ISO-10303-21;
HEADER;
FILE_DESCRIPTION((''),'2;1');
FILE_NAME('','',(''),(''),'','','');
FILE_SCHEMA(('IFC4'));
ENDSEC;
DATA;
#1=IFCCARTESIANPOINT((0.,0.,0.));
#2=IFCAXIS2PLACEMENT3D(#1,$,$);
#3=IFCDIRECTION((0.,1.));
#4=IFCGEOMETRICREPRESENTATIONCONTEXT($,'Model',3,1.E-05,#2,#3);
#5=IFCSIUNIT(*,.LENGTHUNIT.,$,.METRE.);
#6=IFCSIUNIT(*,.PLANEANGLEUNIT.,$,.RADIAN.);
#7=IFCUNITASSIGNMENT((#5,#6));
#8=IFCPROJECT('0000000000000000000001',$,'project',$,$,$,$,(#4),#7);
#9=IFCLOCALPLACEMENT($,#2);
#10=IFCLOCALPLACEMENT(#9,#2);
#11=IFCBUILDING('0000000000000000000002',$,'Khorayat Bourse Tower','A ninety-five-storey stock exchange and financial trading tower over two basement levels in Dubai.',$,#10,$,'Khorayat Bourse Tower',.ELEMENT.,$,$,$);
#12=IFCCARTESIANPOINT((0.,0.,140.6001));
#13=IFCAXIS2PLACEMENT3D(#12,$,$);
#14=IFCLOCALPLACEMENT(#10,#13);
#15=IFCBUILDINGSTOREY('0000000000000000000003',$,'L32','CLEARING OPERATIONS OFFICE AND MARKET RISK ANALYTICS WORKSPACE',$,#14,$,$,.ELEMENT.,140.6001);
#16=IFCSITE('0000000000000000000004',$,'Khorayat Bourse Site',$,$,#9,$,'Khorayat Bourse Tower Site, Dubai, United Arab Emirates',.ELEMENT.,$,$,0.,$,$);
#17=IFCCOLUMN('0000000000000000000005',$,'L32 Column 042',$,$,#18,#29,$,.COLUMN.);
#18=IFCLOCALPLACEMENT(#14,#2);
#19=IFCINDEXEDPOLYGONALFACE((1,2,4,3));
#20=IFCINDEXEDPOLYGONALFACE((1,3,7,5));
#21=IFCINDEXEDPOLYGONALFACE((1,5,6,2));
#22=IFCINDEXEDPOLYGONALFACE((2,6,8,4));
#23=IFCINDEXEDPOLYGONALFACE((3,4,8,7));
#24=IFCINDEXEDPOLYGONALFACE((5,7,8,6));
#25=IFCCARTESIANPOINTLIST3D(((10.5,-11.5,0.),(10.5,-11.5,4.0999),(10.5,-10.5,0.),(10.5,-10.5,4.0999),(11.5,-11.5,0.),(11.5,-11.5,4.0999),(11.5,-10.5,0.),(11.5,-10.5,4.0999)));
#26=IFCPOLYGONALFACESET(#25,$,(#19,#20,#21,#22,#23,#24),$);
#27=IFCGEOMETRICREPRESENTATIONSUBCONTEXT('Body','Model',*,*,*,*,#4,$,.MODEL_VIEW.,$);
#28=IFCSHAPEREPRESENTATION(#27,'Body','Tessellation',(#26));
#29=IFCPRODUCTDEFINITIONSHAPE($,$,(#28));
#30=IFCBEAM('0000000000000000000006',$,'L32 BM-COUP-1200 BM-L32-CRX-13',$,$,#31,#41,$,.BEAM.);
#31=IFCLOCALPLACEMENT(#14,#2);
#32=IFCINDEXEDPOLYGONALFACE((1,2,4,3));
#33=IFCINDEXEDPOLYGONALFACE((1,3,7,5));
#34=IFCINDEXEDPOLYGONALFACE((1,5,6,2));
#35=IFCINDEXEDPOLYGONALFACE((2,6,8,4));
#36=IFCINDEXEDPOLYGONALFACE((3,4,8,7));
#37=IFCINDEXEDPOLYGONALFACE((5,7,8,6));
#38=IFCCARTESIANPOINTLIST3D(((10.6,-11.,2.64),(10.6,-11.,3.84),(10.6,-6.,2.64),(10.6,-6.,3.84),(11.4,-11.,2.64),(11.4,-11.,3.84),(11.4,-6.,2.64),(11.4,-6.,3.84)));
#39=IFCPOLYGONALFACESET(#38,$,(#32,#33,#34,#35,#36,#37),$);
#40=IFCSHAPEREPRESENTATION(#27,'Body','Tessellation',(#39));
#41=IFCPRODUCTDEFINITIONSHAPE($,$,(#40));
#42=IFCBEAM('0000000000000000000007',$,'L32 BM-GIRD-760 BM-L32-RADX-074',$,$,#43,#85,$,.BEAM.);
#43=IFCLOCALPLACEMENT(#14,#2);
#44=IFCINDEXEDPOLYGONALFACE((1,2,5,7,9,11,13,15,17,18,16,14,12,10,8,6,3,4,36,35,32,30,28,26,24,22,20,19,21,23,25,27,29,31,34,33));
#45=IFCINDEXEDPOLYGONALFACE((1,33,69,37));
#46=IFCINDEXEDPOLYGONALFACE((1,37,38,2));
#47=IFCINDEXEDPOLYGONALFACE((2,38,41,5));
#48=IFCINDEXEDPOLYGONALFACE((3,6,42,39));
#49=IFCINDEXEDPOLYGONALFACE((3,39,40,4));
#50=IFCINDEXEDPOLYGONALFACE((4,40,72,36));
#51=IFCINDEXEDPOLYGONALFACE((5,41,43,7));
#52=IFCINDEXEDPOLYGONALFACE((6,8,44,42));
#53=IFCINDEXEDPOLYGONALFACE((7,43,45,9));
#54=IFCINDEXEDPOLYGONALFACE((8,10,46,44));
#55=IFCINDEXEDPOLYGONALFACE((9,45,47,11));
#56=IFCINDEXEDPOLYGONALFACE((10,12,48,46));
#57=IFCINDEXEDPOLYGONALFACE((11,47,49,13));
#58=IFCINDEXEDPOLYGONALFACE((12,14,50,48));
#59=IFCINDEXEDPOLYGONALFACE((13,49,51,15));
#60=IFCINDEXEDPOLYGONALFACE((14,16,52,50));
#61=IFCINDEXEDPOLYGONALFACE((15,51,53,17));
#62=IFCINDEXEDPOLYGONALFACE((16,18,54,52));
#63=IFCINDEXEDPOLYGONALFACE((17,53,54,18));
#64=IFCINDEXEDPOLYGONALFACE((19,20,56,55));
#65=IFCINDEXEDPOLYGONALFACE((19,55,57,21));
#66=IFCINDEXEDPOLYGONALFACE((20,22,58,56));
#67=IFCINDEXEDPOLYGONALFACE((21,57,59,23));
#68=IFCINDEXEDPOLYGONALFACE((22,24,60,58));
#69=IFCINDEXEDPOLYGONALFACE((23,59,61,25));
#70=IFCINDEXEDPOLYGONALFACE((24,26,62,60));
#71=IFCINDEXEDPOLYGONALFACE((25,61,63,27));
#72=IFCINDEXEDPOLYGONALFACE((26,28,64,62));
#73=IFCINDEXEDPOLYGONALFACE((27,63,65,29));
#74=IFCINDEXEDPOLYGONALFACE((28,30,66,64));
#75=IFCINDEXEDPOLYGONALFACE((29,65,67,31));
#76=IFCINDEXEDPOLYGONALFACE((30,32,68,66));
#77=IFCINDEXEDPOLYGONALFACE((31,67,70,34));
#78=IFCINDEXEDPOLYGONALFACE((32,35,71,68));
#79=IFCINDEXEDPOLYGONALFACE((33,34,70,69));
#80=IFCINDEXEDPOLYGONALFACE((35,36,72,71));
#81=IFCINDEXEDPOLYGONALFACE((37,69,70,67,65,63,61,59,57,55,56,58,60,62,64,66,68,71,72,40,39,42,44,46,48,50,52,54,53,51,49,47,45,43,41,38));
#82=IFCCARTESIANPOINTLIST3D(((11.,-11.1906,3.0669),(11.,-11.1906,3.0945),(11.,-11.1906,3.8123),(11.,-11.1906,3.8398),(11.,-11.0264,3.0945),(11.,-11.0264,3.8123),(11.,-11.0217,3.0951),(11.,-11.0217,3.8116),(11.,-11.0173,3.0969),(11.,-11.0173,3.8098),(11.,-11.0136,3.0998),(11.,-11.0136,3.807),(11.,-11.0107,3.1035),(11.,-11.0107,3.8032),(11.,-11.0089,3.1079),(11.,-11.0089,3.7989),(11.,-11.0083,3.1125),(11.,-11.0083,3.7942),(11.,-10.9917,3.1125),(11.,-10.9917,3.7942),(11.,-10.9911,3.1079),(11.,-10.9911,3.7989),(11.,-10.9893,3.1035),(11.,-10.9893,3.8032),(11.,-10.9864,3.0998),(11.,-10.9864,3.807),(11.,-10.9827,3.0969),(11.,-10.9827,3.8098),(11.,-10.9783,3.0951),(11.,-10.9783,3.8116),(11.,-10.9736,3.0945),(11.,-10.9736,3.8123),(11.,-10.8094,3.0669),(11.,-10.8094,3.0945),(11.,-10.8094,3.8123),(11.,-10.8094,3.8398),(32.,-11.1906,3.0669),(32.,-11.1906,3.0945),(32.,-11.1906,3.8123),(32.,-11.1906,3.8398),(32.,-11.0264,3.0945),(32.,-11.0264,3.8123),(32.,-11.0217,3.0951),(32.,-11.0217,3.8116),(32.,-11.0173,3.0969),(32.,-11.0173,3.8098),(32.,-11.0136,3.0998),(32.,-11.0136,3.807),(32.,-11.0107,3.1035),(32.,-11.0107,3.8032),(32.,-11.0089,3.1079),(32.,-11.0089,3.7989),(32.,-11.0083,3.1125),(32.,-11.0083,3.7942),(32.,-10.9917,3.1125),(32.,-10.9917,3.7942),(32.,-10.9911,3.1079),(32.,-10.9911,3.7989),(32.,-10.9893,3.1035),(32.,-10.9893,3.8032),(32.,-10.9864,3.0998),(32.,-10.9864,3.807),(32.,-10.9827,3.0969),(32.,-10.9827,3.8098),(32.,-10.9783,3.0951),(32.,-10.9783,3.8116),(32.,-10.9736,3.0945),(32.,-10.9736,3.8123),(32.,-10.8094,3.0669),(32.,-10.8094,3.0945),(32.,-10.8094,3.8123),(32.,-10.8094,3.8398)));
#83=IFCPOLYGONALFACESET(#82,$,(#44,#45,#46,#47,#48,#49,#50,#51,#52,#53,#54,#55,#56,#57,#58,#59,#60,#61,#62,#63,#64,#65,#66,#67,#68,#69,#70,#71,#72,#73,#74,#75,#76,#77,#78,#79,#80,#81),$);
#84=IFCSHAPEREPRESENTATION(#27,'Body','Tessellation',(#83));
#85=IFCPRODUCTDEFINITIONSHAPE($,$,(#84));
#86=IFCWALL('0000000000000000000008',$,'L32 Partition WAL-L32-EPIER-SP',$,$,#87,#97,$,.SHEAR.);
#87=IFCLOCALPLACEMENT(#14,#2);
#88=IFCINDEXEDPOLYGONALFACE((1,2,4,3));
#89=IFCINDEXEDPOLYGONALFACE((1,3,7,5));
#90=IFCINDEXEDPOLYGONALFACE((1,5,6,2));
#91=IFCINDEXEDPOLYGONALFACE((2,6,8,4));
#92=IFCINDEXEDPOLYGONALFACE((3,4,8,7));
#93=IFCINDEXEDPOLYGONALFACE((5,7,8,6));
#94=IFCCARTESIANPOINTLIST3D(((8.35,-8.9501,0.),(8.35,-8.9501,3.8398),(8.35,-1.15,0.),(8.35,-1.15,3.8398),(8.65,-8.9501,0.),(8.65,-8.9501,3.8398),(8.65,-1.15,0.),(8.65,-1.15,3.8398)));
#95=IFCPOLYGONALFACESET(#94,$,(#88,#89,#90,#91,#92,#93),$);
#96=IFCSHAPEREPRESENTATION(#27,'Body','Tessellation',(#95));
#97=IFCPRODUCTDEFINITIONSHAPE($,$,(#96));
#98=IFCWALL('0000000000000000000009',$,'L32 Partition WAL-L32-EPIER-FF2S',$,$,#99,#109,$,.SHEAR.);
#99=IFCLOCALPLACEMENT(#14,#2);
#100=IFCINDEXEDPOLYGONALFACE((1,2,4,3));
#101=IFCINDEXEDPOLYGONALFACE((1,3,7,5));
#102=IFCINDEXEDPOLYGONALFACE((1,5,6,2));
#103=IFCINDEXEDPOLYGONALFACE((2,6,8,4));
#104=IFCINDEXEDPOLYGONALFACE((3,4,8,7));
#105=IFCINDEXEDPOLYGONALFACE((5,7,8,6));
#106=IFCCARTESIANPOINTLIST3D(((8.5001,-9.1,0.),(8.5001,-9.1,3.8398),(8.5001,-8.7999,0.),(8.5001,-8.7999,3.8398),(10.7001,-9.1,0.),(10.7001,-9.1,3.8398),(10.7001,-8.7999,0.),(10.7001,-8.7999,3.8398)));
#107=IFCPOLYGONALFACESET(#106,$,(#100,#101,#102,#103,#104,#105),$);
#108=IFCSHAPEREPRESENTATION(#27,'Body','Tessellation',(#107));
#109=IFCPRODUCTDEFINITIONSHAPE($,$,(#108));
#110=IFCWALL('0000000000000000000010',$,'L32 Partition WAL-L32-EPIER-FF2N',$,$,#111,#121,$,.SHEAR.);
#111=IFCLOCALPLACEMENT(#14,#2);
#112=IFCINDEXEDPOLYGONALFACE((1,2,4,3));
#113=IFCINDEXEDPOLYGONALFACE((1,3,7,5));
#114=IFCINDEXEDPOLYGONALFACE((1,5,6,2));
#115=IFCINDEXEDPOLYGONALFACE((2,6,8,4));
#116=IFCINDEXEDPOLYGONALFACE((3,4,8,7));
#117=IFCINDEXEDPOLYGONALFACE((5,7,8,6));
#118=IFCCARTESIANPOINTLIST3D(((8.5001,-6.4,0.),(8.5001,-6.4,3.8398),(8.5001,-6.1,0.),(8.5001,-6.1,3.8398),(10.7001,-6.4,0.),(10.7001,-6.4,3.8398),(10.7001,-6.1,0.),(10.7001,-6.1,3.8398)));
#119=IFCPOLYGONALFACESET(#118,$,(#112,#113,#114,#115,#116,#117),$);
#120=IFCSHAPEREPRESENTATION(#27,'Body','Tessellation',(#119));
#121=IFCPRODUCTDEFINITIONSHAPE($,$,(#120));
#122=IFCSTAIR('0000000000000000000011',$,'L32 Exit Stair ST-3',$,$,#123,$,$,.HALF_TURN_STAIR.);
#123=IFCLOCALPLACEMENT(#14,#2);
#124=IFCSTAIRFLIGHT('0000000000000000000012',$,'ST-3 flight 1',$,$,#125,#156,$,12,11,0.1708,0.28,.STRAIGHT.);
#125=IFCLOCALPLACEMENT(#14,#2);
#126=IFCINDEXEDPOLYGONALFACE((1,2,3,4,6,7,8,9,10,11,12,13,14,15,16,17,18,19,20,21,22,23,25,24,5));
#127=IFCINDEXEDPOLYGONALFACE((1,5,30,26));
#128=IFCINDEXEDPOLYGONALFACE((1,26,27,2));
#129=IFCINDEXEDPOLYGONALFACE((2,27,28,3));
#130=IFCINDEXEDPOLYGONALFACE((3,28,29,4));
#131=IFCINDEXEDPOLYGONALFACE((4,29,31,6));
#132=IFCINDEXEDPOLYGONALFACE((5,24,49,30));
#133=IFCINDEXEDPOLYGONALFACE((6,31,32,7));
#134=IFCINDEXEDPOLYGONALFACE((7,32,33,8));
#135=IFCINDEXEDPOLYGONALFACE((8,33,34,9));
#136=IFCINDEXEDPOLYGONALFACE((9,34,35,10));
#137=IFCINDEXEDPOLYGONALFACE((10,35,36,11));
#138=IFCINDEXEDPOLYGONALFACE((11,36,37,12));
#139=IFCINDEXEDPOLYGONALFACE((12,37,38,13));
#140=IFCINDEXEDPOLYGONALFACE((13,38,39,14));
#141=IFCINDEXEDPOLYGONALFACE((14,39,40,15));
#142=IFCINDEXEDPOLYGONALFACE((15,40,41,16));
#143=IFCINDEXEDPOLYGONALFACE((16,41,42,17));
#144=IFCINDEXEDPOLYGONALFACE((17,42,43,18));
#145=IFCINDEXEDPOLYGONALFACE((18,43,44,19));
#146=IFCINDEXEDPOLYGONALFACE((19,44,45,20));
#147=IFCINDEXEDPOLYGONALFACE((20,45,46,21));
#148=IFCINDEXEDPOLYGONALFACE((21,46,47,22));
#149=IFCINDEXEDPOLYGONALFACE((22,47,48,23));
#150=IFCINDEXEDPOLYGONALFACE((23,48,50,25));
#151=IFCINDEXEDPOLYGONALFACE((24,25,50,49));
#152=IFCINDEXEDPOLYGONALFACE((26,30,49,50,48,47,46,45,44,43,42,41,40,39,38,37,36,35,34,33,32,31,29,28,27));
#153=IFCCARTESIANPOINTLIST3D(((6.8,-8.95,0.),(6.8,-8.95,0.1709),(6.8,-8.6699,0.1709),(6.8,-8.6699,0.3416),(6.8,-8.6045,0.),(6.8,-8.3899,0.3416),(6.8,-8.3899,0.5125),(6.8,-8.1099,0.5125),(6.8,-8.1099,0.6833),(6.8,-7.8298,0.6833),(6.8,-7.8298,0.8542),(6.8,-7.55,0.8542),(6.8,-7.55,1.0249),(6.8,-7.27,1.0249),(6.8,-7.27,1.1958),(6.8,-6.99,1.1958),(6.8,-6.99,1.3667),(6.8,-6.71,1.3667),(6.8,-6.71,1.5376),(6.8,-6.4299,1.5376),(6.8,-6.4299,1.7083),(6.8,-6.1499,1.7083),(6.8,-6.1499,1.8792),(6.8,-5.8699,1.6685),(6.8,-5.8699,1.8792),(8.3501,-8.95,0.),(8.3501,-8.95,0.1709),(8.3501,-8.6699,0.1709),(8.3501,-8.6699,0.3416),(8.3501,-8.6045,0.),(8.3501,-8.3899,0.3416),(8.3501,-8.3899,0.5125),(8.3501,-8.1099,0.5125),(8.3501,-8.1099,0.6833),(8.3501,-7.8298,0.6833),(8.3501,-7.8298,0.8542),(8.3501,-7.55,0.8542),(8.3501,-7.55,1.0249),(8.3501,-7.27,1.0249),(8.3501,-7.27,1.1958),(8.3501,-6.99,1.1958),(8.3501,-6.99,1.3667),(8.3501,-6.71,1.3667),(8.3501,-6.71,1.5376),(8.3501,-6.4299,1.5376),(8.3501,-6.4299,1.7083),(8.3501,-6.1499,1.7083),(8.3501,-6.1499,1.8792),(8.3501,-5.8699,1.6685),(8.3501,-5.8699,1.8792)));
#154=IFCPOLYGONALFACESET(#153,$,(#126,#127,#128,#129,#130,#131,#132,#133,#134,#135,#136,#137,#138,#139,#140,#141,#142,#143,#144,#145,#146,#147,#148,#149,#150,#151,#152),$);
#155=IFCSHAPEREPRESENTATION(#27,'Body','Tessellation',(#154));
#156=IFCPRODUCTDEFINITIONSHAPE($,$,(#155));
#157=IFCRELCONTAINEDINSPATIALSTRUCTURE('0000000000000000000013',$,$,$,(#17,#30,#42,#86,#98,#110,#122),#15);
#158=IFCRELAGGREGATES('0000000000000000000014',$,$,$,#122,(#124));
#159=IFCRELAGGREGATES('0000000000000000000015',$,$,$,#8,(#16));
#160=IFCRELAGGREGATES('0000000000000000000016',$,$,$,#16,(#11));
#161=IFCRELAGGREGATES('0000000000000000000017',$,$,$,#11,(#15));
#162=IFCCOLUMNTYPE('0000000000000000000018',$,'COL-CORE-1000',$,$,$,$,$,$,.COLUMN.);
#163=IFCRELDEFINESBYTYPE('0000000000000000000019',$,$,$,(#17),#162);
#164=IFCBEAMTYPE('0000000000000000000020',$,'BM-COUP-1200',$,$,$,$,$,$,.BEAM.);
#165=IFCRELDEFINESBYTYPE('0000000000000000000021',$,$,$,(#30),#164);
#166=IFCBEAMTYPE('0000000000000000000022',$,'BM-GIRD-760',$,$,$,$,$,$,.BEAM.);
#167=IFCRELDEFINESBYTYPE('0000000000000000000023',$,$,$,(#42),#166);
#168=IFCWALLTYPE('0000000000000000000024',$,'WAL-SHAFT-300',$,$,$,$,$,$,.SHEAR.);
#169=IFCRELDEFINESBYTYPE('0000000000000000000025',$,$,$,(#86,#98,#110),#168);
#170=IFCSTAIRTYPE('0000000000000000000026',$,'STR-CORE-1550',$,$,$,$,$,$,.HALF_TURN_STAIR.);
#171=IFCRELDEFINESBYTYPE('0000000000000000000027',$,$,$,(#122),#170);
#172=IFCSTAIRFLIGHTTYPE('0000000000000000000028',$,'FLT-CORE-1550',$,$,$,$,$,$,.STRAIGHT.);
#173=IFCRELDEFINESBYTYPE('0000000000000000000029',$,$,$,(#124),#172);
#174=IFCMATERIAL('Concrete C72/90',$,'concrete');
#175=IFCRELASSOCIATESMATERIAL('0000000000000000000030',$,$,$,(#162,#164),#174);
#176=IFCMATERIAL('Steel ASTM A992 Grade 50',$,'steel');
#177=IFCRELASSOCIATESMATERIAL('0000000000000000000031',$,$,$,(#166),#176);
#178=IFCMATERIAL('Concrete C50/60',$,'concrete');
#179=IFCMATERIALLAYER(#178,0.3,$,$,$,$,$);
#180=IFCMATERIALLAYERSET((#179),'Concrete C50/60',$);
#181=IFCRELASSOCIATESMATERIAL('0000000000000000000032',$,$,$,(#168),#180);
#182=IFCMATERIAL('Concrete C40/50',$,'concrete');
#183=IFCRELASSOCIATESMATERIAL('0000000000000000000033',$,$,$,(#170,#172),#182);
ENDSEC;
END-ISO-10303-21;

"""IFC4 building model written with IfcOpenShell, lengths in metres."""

from ifc_helpers import new_model, si_unit, direction, frame, frame_2d, origin, origin_2d, place, context, subcontext, project, spatial, polyline, rectangle, i_section, outline, extrude, source, transform, mapped, material, layer, layer_set, material_profile, profile_set, type_object, element, aggregate, save


model = new_model("IFC4")

# Units and contexts
model_context = context("Model", 3, precision=1e-05, world=origin(), true_north=direction((0.0, 1.0)))
body_context = subcontext(model_context, "Body", "Model", "MODEL_VIEW")
ifc_project = project(units=[si_unit("LENGTHUNIT", "METRE"), si_unit("PLANEANGLEUNIT", "RADIAN")], contexts=[model_context])

# Site, building, storey
site_placement = place(None, origin())
site = spatial("IfcSite", under=ifc_project, at=site_placement, Name="Khorayat Bourse Site", LongName="Khorayat Bourse Tower Site, Dubai, United Arab Emirates", CompositionType="ELEMENT", RefElevation=0.0)
building_placement = place(site_placement, origin())
building = spatial("IfcBuilding", under=site, at=building_placement, Name="Khorayat Bourse Tower", Description="A ninety-five-storey stock exchange and financial trading tower over two basement levels in Dubai.", LongName="Khorayat Bourse Tower", CompositionType="ELEMENT")
storey_placement = place(building_placement, frame((0.0, 0.0, 140.6001)))
storey = spatial("IfcBuildingStorey", under=building, at=storey_placement, Name="L32", Description="CLEARING OPERATIONS OFFICE AND MARKET RISK ANALYTICS WORKSPACE", CompositionType="ELEMENT", Elevation=140.6001)

# Column
ifc_material_1 = material(Name="Concrete C72/90", Category="concrete")
ifc_material_profile_1 = material_profile(ifc_material_1, rectangle(XDim=1.0, YDim=1.0, at=origin_2d()), Name="RC 1000x1000")
ifc_profile_set_1 = profile_set([ifc_material_profile_1], Name="Concrete C72/90")
column_type = type_object("IfcColumnType", Name="COL-CORE-1000", PredefinedType="COLUMN", material=ifc_profile_set_1)
shared_shape_1 = source(origin(), body_context, "Body", "SweptSolid", [
    extrude(rectangle(XDim=1.0, YDim=1.0, at=origin_2d()), origin(), (0.0, 0.0, 1.0), 4.0999),
])
column_placement = place(storey_placement, frame((11.0, -11.0, 0.0), z_axis=(0.0, 0.0, 1.0), x_axis=(1.0, 0.0, 0.0)))
element("IfcColumn", 1, at=column_placement, inside=storey, type_object=column_type, Name="L32 Column 042", PredefinedType="COLUMN", context=body_context, shape_type="MappedRepresentation", body=[
    mapped(shared_shape_1, transform((0.0, 0.0, 0.0), scale=1.0)),
])

# Beams
ifc_material_profile_2 = material_profile(ifc_material_1, rectangle(XDim=0.8, YDim=1.2, at=origin_2d()), Name="RC 800x1200")
ifc_profile_set_2 = profile_set([ifc_material_profile_2], Name="Concrete C72/90")
beam_type_1 = type_object("IfcBeamType", Name="BM-COUP-1200", PredefinedType="BEAM", material=ifc_profile_set_2)
shared_shape_2 = source(origin(), body_context, "Body", "SweptSolid", [
    extrude(rectangle(XDim=0.8, YDim=1.2, at=origin_2d()), origin(), (0.0, 0.0, 1.0), 5.0),
])
beam_1_placement = place(storey_placement, frame((11.0, -11.0, 3.24), z_axis=(0.0, 1.0, 0.0), x_axis=(-1.0, 0.0, 0.0)))
element("IfcBeam", 2, at=beam_1_placement, inside=storey, type_object=beam_type_1, Name="L32 BM-COUP-1200 BM-L32-CRX-13", PredefinedType="BEAM", context=body_context, shape_type="MappedRepresentation", body=[
    mapped(shared_shape_2, transform((0.0, 0.0, 0.0), scale=1.0)),
])
ifc_material_2 = material(Name="Steel ASTM A992 Grade 50", Category="steel")
ifc_material_profile_3 = material_profile(ifc_material_2, i_section(OverallWidth=0.3811, OverallDepth=0.7729, WebThickness=0.0166, FlangeThickness=0.0276, FilletRadius=0.0181, at=origin_2d()), Name="W760X257")
ifc_profile_set_3 = profile_set([ifc_material_profile_3], Name="Steel ASTM A992 Grade 50")
beam_type_2 = type_object("IfcBeamType", Name="BM-GIRD-760", PredefinedType="BEAM", material=ifc_profile_set_3)
shared_shape_3 = source(origin(), body_context, "Body", "SweptSolid", [
    extrude(i_section(OverallWidth=0.3811, OverallDepth=0.7729, WebThickness=0.0166, FlangeThickness=0.0276, FilletRadius=0.0181, at=origin_2d()), origin(), (0.0, 0.0, 1.0), 21.0),
])
beam_2_placement = place(storey_placement, frame((11.0, -11.0, 3.4534), z_axis=(1.0, 0.0, 0.0), x_axis=(0.0, 1.0, 0.0)))
element("IfcBeam", 3, at=beam_2_placement, inside=storey, type_object=beam_type_2, Name="L32 BM-GIRD-760 BM-L32-RADX-074", PredefinedType="BEAM", context=body_context, shape_type="MappedRepresentation", body=[
    mapped(shared_shape_3, transform((0.0, 0.0, 0.0), scale=1.0)),
])

# Walls
ifc_material_3 = material(Name="Concrete C50/60", Category="concrete")
ifc_layer = layer(ifc_material_3, 0.3)
ifc_layer_set = layer_set([ifc_layer], Name="Concrete C50/60")
wall_type = type_object("IfcWallType", Name="WAL-SHAFT-300", PredefinedType="SHEAR", material=ifc_layer_set)
shared_shape_4 = source(origin(), body_context, "Body", "SweptSolid", [
    extrude(rectangle(XDim=7.8, YDim=0.3, at=frame_2d((3.8999, 0.0))), origin(), (0.0, 0.0, 1.0), 3.8398),
])
wall_placement = place(storey_placement, frame((8.5, -8.95, 0.0), z_axis=(0.0, 0.0, 1.0), x_axis=(0.0, 1.0, 0.0)))
element("IfcWall", 4, at=wall_placement, inside=storey, type_object=wall_type, Name="L32 Partition WAL-L32-EPIER-SP", PredefinedType="SHEAR", context=body_context, shape_type="MappedRepresentation", body=[
    mapped(shared_shape_4, transform((0.0, 0.0, 0.0), scale=1.0)),
])
shared_shape_5 = source(origin(), body_context, "Body", "SweptSolid", [
    extrude(rectangle(XDim=2.2, YDim=0.3, at=frame_2d((1.1001, 0.0))), origin(), (0.0, 0.0, 1.0), 3.8398),
])
for number, where, z_axis, x_axis, name in (
    (5, (8.5, -8.95, 0.0), (0.0, 0.0, 1.0), (1.0, 0.0, 0.0), "L32 Partition WAL-L32-EPIER-FF2S"),
    (6, (8.5, -6.25, 0.0), (0.0, 0.0, 1.0), (1.0, 0.0, 0.0), "L32 Partition WAL-L32-EPIER-FF2N"),
):
    element("IfcWall", number, at=place(storey_placement, frame(where, z_axis=z_axis, x_axis=x_axis)), inside=storey, type_object=wall_type, Name=name, PredefinedType="SHEAR", context=body_context, shape_type="MappedRepresentation", body=[
        mapped(shared_shape_5, transform((0.0, 0.0, 0.0), scale=1.0)),
    ])

# Stair, stair flight
ifc_material_4 = material(Name="Concrete C40/50", Category="concrete")
stair_type = type_object("IfcStairType", Name="STR-CORE-1550", PredefinedType="HALF_TURN_STAIR", material=ifc_material_4)
stair_placement = place(storey_placement, origin())
stair = element("IfcStair", 7, at=stair_placement, inside=storey, type_object=stair_type, Name="L32 Exit Stair ST-3", PredefinedType="HALF_TURN_STAIR")
stair_flight_type = type_object("IfcStairFlightType", Name="FLT-CORE-1550", PredefinedType="STRAIGHT", material=ifc_material_4)
shared_shape_6 = source(origin(), body_context, "Body", "SweptSolid", [
    extrude(outline(polyline([(0.0, 0.0), (0.0, 0.1709), (0.28, 0.1709), (0.28, 0.3416), (0.5601, 0.3416), (0.5601, 0.5125), (0.8401, 0.5125), (0.8401, 0.6833), (1.1201, 0.6833), (1.1201, 0.8542), (1.3999, 0.8542), (1.3999, 1.0249), (1.6799, 1.0249), (1.6799, 1.1958), (1.96, 1.1958), (1.96, 1.3667), (2.24, 1.3667), (2.24, 1.5376), (2.52, 1.5376), (2.52, 1.7083), (2.8, 1.7083), (2.8, 1.8792), (3.0801, 1.8792), (3.0801, 2.05), (3.0801, 1.6685), (0.3455, 0.0), (0.0, 0.0)])), frame((0.0, 0.7749, 0.0), z_axis=(0.0, -1.0, 0.0), x_axis=(1.0, 0.0, 0.0)), (0.0, 0.0, 1.0), 1.55),
])
stair_flight_placement = place(storey_placement, frame((7.575, -8.95, 0.0), z_axis=(0.0, 0.0, 1.0), x_axis=(0.0, 1.0, 0.0)))
stair_flight = element("IfcStairFlight", 8, at=stair_flight_placement, type_object=stair_flight_type, Name="ST-3 flight 1", NumberOfRisers=12, NumberOfTreads=11, PredefinedType="STRAIGHT", RiserHeight=0.1708, TreadLength=0.28, context=body_context, shape_type="MappedRepresentation", body=[
    mapped(shared_shape_6, transform((0.0, 0.0, 0.0), scale=1.0)),
])
aggregate(stair, [stair_flight])

save(model, "model.ifc")
